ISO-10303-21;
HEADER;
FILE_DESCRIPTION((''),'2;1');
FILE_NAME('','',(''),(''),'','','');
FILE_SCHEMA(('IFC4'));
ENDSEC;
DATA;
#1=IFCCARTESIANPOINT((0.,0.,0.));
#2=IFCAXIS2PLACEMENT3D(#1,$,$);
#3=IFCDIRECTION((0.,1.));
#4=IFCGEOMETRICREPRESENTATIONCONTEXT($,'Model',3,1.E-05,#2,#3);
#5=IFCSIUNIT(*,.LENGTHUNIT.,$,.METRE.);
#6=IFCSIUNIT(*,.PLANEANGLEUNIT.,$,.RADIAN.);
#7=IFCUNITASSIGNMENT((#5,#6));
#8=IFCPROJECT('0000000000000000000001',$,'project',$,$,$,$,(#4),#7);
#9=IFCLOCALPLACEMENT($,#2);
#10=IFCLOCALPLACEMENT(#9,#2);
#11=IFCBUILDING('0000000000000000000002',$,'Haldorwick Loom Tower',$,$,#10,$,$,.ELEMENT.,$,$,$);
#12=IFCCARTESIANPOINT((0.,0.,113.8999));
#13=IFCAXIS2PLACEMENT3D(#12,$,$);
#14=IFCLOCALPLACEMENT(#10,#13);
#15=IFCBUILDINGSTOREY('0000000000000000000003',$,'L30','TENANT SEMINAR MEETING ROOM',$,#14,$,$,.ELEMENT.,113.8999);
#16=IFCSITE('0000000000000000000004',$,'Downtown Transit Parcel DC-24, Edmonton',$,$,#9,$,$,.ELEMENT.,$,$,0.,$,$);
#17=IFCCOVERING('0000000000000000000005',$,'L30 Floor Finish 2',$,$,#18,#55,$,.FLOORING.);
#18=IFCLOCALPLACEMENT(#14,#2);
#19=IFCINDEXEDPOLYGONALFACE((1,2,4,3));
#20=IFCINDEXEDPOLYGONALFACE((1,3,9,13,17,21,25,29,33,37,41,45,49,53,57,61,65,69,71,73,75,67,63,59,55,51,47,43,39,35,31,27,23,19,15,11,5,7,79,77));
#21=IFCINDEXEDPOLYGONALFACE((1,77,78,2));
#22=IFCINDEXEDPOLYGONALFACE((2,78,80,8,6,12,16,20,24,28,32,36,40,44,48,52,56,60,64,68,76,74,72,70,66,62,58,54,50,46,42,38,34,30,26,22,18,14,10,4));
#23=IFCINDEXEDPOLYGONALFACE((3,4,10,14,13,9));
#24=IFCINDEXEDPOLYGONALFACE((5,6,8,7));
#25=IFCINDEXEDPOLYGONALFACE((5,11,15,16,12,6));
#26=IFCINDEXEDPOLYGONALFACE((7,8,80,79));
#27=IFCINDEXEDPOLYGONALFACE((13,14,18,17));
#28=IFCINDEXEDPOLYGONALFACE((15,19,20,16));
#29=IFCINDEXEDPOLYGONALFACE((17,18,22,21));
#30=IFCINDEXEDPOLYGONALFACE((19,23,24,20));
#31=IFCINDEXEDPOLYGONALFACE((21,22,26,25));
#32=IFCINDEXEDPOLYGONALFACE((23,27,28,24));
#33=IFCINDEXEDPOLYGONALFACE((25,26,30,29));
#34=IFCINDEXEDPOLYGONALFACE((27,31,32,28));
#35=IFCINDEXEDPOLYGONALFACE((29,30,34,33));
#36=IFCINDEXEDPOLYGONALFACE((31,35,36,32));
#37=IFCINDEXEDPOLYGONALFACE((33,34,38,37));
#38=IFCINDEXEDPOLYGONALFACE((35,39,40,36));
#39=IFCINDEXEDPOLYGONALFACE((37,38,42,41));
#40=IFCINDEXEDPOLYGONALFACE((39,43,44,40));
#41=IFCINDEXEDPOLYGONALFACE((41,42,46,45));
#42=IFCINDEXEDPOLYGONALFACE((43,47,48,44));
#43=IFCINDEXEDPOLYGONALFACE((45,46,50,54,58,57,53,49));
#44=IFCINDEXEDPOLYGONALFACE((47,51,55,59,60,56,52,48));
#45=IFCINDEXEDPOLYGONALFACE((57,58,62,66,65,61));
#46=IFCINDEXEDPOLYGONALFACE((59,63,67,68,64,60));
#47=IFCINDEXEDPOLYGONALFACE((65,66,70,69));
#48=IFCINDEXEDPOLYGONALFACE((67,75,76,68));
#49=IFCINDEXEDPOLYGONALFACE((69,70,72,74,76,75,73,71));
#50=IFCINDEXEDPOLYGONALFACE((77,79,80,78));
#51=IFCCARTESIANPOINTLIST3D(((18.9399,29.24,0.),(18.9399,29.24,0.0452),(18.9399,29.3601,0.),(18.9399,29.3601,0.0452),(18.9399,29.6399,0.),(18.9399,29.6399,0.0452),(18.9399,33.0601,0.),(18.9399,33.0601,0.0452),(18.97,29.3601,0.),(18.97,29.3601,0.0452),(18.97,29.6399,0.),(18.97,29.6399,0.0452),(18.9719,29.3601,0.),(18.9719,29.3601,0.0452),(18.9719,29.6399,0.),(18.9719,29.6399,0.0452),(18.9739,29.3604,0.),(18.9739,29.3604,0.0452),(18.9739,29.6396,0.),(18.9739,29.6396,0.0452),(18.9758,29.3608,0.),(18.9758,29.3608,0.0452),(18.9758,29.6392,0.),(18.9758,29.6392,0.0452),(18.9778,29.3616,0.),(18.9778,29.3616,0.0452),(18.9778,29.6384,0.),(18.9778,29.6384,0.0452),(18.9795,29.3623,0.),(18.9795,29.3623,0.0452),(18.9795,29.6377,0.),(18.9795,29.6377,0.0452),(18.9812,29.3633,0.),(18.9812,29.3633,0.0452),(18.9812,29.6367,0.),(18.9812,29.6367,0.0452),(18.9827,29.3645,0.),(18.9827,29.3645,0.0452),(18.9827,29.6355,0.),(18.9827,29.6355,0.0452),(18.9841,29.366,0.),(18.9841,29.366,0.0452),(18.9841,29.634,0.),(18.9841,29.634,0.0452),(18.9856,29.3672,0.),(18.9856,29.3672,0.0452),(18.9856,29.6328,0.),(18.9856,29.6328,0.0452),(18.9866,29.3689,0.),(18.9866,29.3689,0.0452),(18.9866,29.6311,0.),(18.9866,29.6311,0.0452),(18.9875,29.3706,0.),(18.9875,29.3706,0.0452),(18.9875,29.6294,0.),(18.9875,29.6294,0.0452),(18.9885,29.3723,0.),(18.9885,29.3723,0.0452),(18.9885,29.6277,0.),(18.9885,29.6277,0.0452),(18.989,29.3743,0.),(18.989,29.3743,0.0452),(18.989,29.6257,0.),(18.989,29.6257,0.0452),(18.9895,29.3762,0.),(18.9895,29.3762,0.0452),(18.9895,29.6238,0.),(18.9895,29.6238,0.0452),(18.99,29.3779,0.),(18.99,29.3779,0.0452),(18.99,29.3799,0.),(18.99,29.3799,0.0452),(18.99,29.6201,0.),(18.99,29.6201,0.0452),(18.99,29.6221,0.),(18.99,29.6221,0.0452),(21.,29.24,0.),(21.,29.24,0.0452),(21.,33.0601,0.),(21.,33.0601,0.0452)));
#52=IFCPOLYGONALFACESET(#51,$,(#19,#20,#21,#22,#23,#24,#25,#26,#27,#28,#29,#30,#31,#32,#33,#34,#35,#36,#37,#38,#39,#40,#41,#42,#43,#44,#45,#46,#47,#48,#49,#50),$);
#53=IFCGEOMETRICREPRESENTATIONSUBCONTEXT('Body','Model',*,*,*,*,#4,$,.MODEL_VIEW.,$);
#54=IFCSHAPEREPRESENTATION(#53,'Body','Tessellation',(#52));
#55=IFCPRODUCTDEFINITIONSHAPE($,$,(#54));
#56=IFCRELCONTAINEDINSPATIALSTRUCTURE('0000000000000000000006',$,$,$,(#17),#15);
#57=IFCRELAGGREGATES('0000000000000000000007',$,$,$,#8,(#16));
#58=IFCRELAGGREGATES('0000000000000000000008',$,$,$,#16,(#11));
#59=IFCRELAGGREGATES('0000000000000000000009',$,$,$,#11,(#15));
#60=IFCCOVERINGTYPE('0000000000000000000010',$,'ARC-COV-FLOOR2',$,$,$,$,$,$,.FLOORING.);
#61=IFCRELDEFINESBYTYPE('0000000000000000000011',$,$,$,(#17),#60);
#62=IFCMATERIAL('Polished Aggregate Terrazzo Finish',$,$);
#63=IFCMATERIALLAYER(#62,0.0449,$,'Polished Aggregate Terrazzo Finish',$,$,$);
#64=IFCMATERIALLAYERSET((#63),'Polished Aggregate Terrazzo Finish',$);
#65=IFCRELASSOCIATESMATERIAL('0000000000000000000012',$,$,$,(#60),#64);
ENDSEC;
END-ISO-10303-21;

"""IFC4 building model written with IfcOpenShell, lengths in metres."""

from ifc_helpers import new_model, si_unit, direction, frame, origin, place, context, subcontext, project, spatial, polyline, outline, extrude, material, layer, layer_set, type_object, element, save


model = new_model("IFC4")

# Units and contexts
model_context = context("Model", 3, precision=1e-05, world=origin(), true_north=direction((0.0, 1.0)))
body_context = subcontext(model_context, "Body", "Model", "MODEL_VIEW")
ifc_project = project(units=[si_unit("LENGTHUNIT", "METRE"), si_unit("PLANEANGLEUNIT", "RADIAN")], contexts=[model_context])

# Site, building, storey
site_placement = place(None, origin())
site = spatial("IfcSite", under=ifc_project, at=site_placement, Name="Downtown Transit Parcel DC-24, Edmonton", CompositionType="ELEMENT", RefElevation=0.0)
building_placement = place(site_placement, origin())
building = spatial("IfcBuilding", under=site, at=building_placement, Name="Haldorwick Loom Tower", CompositionType="ELEMENT")
storey_placement = place(building_placement, frame((0.0, 0.0, 113.8999)))
storey = spatial("IfcBuildingStorey", under=building, at=storey_placement, Name="L30", Description="TENANT SEMINAR MEETING ROOM", CompositionType="ELEMENT", Elevation=113.8999)

# Covering
ifc_material_1 = material(Name="Polished Aggregate Terrazzo Finish")
ifc_layer_1 = layer(ifc_material_1, 0.0449, Name="Polished Aggregate Terrazzo Finish")
ifc_layer_set_1 = layer_set([ifc_layer_1], Name="Polished Aggregate Terrazzo Finish")
covering_type_1 = type_object("IfcCoveringType", Name="ARC-COV-FLOOR2", PredefinedType="FLOORING", material=ifc_layer_set_1)
covering_1_placement = place(storey_placement, origin())
element("IfcCovering", 1, at=covering_1_placement, inside=storey, type_object=covering_type_1, Name="L30 Floor Finish 2", PredefinedType="FLOORING", context=body_context, shape_type="SweptSolid", body=[
    extrude(outline(polyline([(18.97, 29.6399), (18.9719, 29.6399), (18.9739, 29.6396), (18.9758, 29.6392), (18.9778, 29.6384), (18.9795, 29.6377), (18.9812, 29.6367), (18.9827, 29.6355), (18.9841, 29.634), (18.9856, 29.6328), (18.9866, 29.6311), (18.9875, 29.6294), (18.9885, 29.6277), (18.989, 29.6257), (18.9895, 29.6238), (18.99, 29.6221), (18.99, 29.6201), (18.99, 29.3799), (18.99, 29.3779), (18.9895, 29.3762), (18.989, 29.3743), (18.9885, 29.3723), (18.9875, 29.3706), (18.9866, 29.3689), (18.9856, 29.3672), (18.9841, 29.366), (18.9827, 29.3645), (18.9812, 29.3633), (18.9795, 29.3623), (18.9778, 29.3616), (18.9758, 29.3608), (18.9739, 29.3604), (18.9719, 29.3601), (18.97, 29.3601), (18.9399, 29.3601), (18.9399, 29.24), (21.0, 29.24), (21.0, 33.0601), (18.9399, 33.0601), (18.9399, 29.6399), (18.97, 29.6399)])), origin(), (0.0, 0.0, 1.0), 0.0452),
])

save(model, "model.ifc")
